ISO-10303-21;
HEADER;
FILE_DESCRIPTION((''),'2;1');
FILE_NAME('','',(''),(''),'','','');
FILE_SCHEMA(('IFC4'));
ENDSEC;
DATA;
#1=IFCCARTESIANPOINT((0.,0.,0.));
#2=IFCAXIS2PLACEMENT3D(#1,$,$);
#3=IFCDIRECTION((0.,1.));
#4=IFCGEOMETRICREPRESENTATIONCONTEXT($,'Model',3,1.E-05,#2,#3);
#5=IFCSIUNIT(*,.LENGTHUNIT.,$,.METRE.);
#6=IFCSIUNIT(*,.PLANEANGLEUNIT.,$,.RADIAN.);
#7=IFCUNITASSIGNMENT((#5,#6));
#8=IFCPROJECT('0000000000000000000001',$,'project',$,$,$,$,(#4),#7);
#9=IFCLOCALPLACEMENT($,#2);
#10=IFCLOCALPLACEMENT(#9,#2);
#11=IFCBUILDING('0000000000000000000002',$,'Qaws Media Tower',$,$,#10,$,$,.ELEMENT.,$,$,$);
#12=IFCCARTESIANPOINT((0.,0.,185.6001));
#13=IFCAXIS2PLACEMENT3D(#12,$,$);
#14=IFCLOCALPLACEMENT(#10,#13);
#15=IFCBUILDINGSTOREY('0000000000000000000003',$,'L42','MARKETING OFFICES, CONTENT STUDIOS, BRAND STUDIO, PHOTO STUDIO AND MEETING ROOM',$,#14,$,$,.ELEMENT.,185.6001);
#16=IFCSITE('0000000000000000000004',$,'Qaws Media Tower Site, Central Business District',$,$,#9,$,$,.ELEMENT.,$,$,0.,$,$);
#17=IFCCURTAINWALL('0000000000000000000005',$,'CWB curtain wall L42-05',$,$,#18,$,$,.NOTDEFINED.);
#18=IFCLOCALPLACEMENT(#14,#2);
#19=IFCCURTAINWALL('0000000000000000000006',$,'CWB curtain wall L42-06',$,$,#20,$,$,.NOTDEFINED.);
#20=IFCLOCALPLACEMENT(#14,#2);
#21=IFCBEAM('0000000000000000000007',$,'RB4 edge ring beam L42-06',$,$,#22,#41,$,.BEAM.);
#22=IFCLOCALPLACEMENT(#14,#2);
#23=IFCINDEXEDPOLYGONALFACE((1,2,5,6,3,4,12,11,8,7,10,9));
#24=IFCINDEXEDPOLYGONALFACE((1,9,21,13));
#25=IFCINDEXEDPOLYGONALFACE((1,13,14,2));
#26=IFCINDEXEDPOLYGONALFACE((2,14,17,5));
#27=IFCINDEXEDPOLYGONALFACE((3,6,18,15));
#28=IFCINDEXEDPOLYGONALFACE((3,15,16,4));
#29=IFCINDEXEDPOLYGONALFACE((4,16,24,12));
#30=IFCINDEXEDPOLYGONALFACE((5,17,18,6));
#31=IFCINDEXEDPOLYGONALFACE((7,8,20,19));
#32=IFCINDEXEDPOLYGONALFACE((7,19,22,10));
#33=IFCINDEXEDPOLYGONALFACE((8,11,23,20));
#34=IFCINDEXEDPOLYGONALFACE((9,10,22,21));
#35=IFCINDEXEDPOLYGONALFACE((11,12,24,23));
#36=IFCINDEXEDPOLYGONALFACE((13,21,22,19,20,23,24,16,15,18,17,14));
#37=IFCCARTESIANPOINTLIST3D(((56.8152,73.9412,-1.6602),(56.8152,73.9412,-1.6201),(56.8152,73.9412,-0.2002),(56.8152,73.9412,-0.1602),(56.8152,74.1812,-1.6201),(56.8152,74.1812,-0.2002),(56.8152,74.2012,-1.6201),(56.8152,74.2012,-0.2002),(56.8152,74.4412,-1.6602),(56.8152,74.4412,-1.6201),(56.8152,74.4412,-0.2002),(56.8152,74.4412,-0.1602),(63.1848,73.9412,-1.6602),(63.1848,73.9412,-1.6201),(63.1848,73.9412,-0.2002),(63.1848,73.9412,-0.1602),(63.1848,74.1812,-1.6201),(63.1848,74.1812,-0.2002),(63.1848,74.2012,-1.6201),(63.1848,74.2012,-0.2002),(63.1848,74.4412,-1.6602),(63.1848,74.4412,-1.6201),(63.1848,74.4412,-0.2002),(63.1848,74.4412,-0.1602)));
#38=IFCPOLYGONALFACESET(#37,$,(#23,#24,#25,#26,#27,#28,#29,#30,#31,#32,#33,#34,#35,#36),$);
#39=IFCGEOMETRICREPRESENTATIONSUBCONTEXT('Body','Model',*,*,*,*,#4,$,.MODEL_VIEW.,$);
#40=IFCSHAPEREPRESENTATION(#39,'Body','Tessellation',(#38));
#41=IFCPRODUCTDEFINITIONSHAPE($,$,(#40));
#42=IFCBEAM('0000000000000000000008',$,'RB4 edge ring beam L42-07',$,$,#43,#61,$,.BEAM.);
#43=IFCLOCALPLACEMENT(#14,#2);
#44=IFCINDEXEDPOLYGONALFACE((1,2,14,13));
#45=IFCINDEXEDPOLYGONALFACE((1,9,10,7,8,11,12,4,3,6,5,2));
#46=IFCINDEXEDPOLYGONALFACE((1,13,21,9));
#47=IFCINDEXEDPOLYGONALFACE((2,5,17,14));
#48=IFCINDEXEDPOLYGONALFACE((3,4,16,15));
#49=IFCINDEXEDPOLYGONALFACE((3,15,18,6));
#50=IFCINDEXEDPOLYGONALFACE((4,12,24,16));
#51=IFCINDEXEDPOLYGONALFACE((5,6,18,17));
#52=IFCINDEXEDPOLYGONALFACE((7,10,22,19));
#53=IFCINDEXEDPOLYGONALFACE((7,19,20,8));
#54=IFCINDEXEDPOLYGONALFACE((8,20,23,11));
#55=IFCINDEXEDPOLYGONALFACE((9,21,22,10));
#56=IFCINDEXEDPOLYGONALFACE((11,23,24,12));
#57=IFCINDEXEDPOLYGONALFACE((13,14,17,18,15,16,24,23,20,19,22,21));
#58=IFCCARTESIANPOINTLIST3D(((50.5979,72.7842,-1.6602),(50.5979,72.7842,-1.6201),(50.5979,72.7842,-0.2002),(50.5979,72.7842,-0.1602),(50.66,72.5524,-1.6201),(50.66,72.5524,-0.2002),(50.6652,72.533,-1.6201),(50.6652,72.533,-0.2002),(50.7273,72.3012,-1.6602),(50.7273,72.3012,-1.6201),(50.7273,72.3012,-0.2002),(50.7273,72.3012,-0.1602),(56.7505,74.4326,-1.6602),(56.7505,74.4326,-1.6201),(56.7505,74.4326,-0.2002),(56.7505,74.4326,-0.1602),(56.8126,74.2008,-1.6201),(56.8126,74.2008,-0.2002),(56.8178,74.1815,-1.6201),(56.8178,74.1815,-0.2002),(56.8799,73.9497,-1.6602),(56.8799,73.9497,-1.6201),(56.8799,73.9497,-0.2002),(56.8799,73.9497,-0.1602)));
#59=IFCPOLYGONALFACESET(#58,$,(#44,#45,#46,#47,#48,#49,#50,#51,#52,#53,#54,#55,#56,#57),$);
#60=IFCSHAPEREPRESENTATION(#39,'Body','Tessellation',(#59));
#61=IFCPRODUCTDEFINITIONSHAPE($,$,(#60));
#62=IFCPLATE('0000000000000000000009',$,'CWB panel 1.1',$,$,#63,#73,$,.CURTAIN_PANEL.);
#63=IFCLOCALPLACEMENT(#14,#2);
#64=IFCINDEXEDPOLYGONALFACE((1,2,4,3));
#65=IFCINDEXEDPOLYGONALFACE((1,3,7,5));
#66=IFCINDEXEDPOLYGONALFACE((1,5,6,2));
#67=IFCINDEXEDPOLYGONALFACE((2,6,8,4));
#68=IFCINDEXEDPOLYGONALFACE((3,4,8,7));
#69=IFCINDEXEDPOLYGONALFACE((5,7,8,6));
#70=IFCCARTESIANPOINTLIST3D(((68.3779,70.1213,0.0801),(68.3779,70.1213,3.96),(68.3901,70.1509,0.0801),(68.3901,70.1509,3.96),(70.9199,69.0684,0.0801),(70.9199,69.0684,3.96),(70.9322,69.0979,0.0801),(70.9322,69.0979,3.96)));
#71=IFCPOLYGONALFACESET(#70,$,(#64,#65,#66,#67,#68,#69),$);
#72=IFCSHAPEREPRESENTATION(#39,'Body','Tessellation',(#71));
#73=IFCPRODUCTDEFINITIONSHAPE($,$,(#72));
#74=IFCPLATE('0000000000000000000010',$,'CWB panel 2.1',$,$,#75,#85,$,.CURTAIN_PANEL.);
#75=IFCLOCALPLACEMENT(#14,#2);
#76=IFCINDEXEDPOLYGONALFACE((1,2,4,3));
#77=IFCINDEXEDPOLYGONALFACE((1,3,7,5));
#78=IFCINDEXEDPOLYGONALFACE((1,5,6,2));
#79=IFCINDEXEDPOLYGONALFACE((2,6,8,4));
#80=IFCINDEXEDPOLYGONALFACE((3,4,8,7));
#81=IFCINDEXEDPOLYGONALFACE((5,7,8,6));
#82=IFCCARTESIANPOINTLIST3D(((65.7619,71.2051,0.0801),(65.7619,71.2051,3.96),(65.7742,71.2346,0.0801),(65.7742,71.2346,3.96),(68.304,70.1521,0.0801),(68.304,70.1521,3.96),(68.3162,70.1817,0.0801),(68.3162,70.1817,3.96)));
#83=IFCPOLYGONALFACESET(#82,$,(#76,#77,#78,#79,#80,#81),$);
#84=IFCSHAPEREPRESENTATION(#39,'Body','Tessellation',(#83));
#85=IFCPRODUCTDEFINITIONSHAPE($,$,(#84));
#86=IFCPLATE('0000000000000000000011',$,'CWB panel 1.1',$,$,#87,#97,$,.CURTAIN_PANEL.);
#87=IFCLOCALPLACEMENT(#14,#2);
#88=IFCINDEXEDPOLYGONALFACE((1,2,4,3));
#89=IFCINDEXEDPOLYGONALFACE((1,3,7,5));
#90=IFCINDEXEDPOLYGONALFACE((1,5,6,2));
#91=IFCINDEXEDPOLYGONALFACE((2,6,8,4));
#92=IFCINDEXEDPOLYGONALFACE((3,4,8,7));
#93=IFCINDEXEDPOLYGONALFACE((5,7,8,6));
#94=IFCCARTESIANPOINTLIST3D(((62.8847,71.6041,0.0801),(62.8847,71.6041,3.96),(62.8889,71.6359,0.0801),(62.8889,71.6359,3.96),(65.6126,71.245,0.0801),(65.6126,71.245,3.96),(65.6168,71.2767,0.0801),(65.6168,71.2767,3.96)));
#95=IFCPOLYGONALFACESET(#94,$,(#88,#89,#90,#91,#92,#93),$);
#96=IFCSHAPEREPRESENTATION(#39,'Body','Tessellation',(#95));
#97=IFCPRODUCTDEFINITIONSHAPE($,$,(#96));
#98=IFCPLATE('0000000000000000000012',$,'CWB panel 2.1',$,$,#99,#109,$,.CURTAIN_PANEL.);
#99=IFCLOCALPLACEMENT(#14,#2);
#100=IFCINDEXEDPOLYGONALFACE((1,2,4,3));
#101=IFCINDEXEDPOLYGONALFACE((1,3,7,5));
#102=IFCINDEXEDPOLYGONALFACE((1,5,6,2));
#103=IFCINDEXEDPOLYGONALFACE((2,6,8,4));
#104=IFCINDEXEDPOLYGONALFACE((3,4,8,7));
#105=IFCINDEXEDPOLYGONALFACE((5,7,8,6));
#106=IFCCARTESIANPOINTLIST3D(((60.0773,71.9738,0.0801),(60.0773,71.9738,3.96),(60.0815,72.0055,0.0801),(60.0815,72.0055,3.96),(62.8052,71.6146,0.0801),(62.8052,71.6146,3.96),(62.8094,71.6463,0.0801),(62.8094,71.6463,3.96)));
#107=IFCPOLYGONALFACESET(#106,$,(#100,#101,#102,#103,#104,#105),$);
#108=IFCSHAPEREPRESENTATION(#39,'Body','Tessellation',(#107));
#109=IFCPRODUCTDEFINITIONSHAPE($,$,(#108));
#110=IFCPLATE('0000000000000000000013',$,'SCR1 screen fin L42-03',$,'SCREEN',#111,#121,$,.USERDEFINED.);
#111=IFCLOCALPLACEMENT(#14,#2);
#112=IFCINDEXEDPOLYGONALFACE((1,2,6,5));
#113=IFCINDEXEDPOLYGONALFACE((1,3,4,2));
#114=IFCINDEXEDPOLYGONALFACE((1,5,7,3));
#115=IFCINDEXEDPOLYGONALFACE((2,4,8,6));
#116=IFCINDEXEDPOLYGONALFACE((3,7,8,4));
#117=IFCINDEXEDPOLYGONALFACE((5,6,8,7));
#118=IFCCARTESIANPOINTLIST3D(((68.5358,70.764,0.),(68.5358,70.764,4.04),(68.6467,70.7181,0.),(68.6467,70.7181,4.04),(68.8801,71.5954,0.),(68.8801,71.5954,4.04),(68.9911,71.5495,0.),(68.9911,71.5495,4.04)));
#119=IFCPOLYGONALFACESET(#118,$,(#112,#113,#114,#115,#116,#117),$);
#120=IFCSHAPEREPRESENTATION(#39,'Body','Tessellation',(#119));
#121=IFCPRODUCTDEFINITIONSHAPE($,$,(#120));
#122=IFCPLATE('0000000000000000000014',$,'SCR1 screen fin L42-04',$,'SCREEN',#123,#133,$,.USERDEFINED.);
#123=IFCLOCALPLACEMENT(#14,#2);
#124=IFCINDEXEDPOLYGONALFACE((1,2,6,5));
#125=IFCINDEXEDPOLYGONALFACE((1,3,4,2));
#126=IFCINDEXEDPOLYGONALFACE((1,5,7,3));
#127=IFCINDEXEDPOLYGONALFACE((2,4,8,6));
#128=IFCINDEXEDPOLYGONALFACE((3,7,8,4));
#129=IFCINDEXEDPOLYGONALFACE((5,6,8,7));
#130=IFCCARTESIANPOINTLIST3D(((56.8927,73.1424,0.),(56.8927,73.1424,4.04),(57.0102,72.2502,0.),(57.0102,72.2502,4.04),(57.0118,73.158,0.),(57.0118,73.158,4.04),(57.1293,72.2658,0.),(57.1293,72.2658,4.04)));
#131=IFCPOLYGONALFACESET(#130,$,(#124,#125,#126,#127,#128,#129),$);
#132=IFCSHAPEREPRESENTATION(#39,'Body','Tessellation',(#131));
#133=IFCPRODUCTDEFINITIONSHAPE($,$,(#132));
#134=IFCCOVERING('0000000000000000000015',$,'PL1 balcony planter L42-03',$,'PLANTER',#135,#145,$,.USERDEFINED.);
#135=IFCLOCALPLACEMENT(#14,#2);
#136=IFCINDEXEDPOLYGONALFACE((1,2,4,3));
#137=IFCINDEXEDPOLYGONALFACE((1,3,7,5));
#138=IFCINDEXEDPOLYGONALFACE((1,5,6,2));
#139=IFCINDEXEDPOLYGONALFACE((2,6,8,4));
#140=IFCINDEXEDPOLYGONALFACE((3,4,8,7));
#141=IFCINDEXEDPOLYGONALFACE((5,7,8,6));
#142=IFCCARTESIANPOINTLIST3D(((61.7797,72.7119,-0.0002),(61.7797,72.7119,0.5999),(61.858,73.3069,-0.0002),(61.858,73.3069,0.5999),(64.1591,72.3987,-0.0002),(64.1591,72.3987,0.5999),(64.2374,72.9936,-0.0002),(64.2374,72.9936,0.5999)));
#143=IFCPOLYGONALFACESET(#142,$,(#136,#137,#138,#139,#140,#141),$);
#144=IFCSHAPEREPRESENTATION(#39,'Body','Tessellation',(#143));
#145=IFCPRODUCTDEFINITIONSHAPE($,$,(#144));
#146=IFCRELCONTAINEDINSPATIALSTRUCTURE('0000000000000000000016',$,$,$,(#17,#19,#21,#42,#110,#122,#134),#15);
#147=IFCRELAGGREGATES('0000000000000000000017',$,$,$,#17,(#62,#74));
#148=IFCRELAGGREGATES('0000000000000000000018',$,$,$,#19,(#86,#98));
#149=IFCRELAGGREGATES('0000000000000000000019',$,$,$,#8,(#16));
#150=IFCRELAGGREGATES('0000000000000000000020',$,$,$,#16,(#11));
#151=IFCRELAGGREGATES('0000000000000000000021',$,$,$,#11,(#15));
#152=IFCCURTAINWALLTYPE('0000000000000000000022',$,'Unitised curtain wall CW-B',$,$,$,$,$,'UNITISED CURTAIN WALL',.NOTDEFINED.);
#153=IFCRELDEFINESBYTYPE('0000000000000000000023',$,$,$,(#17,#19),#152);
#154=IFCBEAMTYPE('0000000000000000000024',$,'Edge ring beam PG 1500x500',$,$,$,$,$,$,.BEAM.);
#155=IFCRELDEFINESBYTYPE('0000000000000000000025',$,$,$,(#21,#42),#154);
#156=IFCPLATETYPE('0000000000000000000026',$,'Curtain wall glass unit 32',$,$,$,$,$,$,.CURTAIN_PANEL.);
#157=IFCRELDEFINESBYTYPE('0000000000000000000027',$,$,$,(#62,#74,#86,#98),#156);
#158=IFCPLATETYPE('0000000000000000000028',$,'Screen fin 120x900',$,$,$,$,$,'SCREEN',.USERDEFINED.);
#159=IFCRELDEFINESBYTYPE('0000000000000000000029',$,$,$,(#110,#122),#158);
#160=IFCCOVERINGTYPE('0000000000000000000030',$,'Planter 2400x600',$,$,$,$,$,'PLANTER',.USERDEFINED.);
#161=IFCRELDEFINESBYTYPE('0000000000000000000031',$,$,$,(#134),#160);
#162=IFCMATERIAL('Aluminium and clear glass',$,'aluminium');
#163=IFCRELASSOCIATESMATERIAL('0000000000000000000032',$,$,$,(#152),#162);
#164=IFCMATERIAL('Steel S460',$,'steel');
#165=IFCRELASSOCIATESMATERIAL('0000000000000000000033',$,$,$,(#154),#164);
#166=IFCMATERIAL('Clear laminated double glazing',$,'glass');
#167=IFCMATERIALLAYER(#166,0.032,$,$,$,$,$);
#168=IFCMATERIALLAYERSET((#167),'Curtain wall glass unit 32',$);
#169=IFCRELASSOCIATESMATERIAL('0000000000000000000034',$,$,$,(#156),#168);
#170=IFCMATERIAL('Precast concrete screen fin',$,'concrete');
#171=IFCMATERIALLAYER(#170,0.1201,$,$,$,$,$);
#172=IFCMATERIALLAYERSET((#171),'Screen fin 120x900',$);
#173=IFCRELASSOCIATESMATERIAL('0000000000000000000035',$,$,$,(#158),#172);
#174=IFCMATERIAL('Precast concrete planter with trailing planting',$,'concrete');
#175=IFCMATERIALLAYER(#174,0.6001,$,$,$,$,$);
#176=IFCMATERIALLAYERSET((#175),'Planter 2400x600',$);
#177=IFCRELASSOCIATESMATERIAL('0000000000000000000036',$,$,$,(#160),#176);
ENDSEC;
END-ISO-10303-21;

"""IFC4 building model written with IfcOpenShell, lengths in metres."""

from ifc_helpers import new_model, si_unit, direction, frame, origin, origin_2d, place, context, subcontext, project, spatial, rectangle, i_section, extrude, material, layer, layer_set, material_profile, profile_set, type_object, element, aggregate, save


model = new_model("IFC4")

# Units and contexts
model_context = context("Model", 3, precision=1e-05, world=origin(), true_north=direction((0.0, 1.0)))
body_context = subcontext(model_context, "Body", "Model", "MODEL_VIEW")
ifc_project = project(units=[si_unit("LENGTHUNIT", "METRE"), si_unit("PLANEANGLEUNIT", "RADIAN")], contexts=[model_context])

# Site, building, storey
site_placement = place(None, origin())
site = spatial("IfcSite", under=ifc_project, at=site_placement, Name="Qaws Media Tower Site, Central Business District", CompositionType="ELEMENT", RefElevation=0.0)
building_placement = place(site_placement, origin())
building = spatial("IfcBuilding", under=site, at=building_placement, Name="Qaws Media Tower", CompositionType="ELEMENT")
storey_placement = place(building_placement, frame((0.0, 0.0, 185.6001)))
storey = spatial("IfcBuildingStorey", under=building, at=storey_placement, Name="L42", Description="MARKETING OFFICES, CONTENT STUDIOS, BRAND STUDIO, PHOTO STUDIO AND MEETING ROOM", CompositionType="ELEMENT", Elevation=185.6001)

# Curtain walls
ifc_material_1 = material(Name="Aluminium and clear glass", Category="aluminium")
curtain_wall_type = type_object("IfcCurtainWallType", Name="Unitised curtain wall CW-B", ElementType="UNITISED CURTAIN WALL", PredefinedType="NOTDEFINED", material=ifc_material_1)
curtain_wall_1_placement = place(storey_placement, origin())
curtain_wall_1 = element("IfcCurtainWall", 1, at=curtain_wall_1_placement, inside=storey, type_object=curtain_wall_type, Name="CWB curtain wall L42-05", PredefinedType="NOTDEFINED")
curtain_wall_2_placement = place(storey_placement, origin())
curtain_wall_2 = element("IfcCurtainWall", 2, at=curtain_wall_2_placement, inside=storey, type_object=curtain_wall_type, Name="CWB curtain wall L42-06", PredefinedType="NOTDEFINED")

# Beams
ifc_material_2 = material(Name="Steel S460", Category="steel")
ifc_material_profile_1 = material_profile(ifc_material_2, i_section(OverallWidth=0.5, OverallDepth=1.5, WebThickness=0.02, FlangeThickness=0.04, at=origin_2d()), Name="PG 1500x500")
ifc_profile_set_1 = profile_set([ifc_material_profile_1], Name="Steel S460")
beam_type = type_object("IfcBeamType", Name="Edge ring beam PG 1500x500", PredefinedType="BEAM", material=ifc_profile_set_1)
for number, where, z_axis, x_axis, name in (
    (3, (63.1848, 74.1912, -0.9102), (-1.0, 0.0, 0.0), (0.0, -1.0, 0.0), "RB4 edge ring beam L42-06"),
    (4, (56.8152, 74.1912, -0.9102), (-0.965931, -0.258798, 0.0), (0.258798, -0.965931, 0.0), "RB4 edge ring beam L42-07"),
):
    element("IfcBeam", number, at=place(storey_placement, frame(where, z_axis=z_axis, x_axis=x_axis)), inside=storey, type_object=beam_type, Name=name, PredefinedType="BEAM", context=body_context, shape_type="SweptSolid", body=[
        extrude(i_section(OverallWidth=0.5, OverallDepth=1.5, WebThickness=0.02, FlangeThickness=0.04, at=origin_2d()), origin(), (0.0, 0.0, 1.0), 6.3696),
    ])

# Plates
ifc_material_3 = material(Name="Clear laminated double glazing", Category="glass")
ifc_layer_1 = layer(ifc_material_3, 0.032)
ifc_layer_set_1 = layer_set([ifc_layer_1], Name="Curtain wall glass unit 32")
plate_type_1 = type_object("IfcPlateType", Name="Curtain wall glass unit 32", PredefinedType="CURTAIN_PANEL", material=ifc_layer_set_1)
plate_1_placement = place(storey_placement, frame((69.655, 69.6096, 0.0801), z_axis=(0.0, 0.0, 1.0), x_axis=(-0.92388, 0.382683, 0.0)))
plate_1 = element("IfcPlate", 5, at=plate_1_placement, type_object=plate_type_1, Name="CWB panel 1.1", PredefinedType="CURTAIN_PANEL", context=body_context, shape_type="SweptSolid", body=[
    extrude(rectangle(XDim=2.7515, YDim=0.032, at=origin_2d()), origin(), (0.0, 0.0, 1.0), 3.8799),
])
plate_2_placement = place(storey_placement, frame((67.0391, 70.6934, 0.0801), z_axis=(0.0, 0.0, 1.0), x_axis=(-0.92388, 0.382683, 0.0)))
plate_2 = element("IfcPlate", 6, at=plate_2_placement, type_object=plate_type_1, Name="CWB panel 2.1", PredefinedType="CURTAIN_PANEL", context=body_context, shape_type="SweptSolid", body=[
    extrude(rectangle(XDim=2.7515, YDim=0.032, at=origin_2d()), origin(), (0.0, 0.0, 1.0), 3.8799),
])
aggregate(curtain_wall_1, [plate_1, plate_2])
plate_3_placement = place(storey_placement, frame((64.2507, 71.4404, 0.0801), z_axis=(0.0, 0.0, 1.0), x_axis=(-0.991445, 0.130526, 0.0)))
plate_3 = element("IfcPlate", 7, at=plate_3_placement, type_object=plate_type_1, Name="CWB panel 1.1", PredefinedType="CURTAIN_PANEL", context=body_context, shape_type="SweptSolid", body=[
    extrude(rectangle(XDim=2.7515, YDim=0.032, at=origin_2d()), origin(), (0.0, 0.0, 1.0), 3.8799),
])
plate_4_placement = place(storey_placement, frame((61.4434, 71.8101, 0.0801), z_axis=(0.0, 0.0, 1.0), x_axis=(-0.991445, 0.130526, 0.0)))
plate_4 = element("IfcPlate", 8, at=plate_4_placement, type_object=plate_type_1, Name="CWB panel 2.1", PredefinedType="CURTAIN_PANEL", context=body_context, shape_type="SweptSolid", body=[
    extrude(rectangle(XDim=2.7515, YDim=0.032, at=origin_2d()), origin(), (0.0, 0.0, 1.0), 3.8799),
])
aggregate(curtain_wall_2, [plate_3, plate_4])

# Plates
ifc_material_4 = material(Name="Precast concrete screen fin", Category="concrete")
ifc_layer_2 = layer(ifc_material_4, 0.1201)
ifc_layer_set_2 = layer_set([ifc_layer_2], Name="Screen fin 120x900")
plate_type_2 = type_object("IfcPlateType", Name="Screen fin 120x900", ElementType="SCREEN", PredefinedType="USERDEFINED", material=ifc_layer_set_2)
for number, where, z_axis, x_axis, name in (
    (9, (68.7634, 71.1567, 0.0), (0.0, 0.0, 1.0), (0.382683, 0.92388, 0.0), "SCR1 screen fin L42-03"),
    (10, (57.011, 72.7041, 0.0), (0.0, 0.0, 1.0), (-0.130526, 0.991445, 0.0), "SCR1 screen fin L42-04"),
):
    element("IfcPlate", number, at=place(storey_placement, frame(where, z_axis=z_axis, x_axis=x_axis)), inside=storey, type_object=plate_type_2, Name=name, ObjectType="SCREEN", PredefinedType="USERDEFINED", context=body_context, shape_type="SweptSolid", body=[
        extrude(rectangle(XDim=0.8999, YDim=0.1201, at=origin_2d()), origin(), (0.0, 0.0, 1.0), 4.04),
    ])

# Covering
ifc_material_5 = material(Name="Precast concrete planter with trailing planting", Category="concrete")
ifc_layer_3 = layer(ifc_material_5, 0.6001)
ifc_layer_set_3 = layer_set([ifc_layer_3], Name="Planter 2400x600")
covering_type = type_object("IfcCoveringType", Name="Planter 2400x600", ElementType="PLANTER", PredefinedType="USERDEFINED", material=ifc_layer_set_3)
covering_placement = place(storey_placement, frame((63.0085, 72.8528, -0.0002), z_axis=(0.0, 0.0, 1.0), x_axis=(-0.991445, 0.130526, 0.0)))
element("IfcCovering", 11, at=covering_placement, inside=storey, type_object=covering_type, Name="PL1 balcony planter L42-03", ObjectType="PLANTER", PredefinedType="USERDEFINED", context=body_context, shape_type="SweptSolid", body=[
    extrude(rectangle(XDim=2.3999, YDim=0.6001, at=origin_2d()), origin(), (0.0, 0.0, 1.0), 0.6001),
])

save(model, "model.ifc")
